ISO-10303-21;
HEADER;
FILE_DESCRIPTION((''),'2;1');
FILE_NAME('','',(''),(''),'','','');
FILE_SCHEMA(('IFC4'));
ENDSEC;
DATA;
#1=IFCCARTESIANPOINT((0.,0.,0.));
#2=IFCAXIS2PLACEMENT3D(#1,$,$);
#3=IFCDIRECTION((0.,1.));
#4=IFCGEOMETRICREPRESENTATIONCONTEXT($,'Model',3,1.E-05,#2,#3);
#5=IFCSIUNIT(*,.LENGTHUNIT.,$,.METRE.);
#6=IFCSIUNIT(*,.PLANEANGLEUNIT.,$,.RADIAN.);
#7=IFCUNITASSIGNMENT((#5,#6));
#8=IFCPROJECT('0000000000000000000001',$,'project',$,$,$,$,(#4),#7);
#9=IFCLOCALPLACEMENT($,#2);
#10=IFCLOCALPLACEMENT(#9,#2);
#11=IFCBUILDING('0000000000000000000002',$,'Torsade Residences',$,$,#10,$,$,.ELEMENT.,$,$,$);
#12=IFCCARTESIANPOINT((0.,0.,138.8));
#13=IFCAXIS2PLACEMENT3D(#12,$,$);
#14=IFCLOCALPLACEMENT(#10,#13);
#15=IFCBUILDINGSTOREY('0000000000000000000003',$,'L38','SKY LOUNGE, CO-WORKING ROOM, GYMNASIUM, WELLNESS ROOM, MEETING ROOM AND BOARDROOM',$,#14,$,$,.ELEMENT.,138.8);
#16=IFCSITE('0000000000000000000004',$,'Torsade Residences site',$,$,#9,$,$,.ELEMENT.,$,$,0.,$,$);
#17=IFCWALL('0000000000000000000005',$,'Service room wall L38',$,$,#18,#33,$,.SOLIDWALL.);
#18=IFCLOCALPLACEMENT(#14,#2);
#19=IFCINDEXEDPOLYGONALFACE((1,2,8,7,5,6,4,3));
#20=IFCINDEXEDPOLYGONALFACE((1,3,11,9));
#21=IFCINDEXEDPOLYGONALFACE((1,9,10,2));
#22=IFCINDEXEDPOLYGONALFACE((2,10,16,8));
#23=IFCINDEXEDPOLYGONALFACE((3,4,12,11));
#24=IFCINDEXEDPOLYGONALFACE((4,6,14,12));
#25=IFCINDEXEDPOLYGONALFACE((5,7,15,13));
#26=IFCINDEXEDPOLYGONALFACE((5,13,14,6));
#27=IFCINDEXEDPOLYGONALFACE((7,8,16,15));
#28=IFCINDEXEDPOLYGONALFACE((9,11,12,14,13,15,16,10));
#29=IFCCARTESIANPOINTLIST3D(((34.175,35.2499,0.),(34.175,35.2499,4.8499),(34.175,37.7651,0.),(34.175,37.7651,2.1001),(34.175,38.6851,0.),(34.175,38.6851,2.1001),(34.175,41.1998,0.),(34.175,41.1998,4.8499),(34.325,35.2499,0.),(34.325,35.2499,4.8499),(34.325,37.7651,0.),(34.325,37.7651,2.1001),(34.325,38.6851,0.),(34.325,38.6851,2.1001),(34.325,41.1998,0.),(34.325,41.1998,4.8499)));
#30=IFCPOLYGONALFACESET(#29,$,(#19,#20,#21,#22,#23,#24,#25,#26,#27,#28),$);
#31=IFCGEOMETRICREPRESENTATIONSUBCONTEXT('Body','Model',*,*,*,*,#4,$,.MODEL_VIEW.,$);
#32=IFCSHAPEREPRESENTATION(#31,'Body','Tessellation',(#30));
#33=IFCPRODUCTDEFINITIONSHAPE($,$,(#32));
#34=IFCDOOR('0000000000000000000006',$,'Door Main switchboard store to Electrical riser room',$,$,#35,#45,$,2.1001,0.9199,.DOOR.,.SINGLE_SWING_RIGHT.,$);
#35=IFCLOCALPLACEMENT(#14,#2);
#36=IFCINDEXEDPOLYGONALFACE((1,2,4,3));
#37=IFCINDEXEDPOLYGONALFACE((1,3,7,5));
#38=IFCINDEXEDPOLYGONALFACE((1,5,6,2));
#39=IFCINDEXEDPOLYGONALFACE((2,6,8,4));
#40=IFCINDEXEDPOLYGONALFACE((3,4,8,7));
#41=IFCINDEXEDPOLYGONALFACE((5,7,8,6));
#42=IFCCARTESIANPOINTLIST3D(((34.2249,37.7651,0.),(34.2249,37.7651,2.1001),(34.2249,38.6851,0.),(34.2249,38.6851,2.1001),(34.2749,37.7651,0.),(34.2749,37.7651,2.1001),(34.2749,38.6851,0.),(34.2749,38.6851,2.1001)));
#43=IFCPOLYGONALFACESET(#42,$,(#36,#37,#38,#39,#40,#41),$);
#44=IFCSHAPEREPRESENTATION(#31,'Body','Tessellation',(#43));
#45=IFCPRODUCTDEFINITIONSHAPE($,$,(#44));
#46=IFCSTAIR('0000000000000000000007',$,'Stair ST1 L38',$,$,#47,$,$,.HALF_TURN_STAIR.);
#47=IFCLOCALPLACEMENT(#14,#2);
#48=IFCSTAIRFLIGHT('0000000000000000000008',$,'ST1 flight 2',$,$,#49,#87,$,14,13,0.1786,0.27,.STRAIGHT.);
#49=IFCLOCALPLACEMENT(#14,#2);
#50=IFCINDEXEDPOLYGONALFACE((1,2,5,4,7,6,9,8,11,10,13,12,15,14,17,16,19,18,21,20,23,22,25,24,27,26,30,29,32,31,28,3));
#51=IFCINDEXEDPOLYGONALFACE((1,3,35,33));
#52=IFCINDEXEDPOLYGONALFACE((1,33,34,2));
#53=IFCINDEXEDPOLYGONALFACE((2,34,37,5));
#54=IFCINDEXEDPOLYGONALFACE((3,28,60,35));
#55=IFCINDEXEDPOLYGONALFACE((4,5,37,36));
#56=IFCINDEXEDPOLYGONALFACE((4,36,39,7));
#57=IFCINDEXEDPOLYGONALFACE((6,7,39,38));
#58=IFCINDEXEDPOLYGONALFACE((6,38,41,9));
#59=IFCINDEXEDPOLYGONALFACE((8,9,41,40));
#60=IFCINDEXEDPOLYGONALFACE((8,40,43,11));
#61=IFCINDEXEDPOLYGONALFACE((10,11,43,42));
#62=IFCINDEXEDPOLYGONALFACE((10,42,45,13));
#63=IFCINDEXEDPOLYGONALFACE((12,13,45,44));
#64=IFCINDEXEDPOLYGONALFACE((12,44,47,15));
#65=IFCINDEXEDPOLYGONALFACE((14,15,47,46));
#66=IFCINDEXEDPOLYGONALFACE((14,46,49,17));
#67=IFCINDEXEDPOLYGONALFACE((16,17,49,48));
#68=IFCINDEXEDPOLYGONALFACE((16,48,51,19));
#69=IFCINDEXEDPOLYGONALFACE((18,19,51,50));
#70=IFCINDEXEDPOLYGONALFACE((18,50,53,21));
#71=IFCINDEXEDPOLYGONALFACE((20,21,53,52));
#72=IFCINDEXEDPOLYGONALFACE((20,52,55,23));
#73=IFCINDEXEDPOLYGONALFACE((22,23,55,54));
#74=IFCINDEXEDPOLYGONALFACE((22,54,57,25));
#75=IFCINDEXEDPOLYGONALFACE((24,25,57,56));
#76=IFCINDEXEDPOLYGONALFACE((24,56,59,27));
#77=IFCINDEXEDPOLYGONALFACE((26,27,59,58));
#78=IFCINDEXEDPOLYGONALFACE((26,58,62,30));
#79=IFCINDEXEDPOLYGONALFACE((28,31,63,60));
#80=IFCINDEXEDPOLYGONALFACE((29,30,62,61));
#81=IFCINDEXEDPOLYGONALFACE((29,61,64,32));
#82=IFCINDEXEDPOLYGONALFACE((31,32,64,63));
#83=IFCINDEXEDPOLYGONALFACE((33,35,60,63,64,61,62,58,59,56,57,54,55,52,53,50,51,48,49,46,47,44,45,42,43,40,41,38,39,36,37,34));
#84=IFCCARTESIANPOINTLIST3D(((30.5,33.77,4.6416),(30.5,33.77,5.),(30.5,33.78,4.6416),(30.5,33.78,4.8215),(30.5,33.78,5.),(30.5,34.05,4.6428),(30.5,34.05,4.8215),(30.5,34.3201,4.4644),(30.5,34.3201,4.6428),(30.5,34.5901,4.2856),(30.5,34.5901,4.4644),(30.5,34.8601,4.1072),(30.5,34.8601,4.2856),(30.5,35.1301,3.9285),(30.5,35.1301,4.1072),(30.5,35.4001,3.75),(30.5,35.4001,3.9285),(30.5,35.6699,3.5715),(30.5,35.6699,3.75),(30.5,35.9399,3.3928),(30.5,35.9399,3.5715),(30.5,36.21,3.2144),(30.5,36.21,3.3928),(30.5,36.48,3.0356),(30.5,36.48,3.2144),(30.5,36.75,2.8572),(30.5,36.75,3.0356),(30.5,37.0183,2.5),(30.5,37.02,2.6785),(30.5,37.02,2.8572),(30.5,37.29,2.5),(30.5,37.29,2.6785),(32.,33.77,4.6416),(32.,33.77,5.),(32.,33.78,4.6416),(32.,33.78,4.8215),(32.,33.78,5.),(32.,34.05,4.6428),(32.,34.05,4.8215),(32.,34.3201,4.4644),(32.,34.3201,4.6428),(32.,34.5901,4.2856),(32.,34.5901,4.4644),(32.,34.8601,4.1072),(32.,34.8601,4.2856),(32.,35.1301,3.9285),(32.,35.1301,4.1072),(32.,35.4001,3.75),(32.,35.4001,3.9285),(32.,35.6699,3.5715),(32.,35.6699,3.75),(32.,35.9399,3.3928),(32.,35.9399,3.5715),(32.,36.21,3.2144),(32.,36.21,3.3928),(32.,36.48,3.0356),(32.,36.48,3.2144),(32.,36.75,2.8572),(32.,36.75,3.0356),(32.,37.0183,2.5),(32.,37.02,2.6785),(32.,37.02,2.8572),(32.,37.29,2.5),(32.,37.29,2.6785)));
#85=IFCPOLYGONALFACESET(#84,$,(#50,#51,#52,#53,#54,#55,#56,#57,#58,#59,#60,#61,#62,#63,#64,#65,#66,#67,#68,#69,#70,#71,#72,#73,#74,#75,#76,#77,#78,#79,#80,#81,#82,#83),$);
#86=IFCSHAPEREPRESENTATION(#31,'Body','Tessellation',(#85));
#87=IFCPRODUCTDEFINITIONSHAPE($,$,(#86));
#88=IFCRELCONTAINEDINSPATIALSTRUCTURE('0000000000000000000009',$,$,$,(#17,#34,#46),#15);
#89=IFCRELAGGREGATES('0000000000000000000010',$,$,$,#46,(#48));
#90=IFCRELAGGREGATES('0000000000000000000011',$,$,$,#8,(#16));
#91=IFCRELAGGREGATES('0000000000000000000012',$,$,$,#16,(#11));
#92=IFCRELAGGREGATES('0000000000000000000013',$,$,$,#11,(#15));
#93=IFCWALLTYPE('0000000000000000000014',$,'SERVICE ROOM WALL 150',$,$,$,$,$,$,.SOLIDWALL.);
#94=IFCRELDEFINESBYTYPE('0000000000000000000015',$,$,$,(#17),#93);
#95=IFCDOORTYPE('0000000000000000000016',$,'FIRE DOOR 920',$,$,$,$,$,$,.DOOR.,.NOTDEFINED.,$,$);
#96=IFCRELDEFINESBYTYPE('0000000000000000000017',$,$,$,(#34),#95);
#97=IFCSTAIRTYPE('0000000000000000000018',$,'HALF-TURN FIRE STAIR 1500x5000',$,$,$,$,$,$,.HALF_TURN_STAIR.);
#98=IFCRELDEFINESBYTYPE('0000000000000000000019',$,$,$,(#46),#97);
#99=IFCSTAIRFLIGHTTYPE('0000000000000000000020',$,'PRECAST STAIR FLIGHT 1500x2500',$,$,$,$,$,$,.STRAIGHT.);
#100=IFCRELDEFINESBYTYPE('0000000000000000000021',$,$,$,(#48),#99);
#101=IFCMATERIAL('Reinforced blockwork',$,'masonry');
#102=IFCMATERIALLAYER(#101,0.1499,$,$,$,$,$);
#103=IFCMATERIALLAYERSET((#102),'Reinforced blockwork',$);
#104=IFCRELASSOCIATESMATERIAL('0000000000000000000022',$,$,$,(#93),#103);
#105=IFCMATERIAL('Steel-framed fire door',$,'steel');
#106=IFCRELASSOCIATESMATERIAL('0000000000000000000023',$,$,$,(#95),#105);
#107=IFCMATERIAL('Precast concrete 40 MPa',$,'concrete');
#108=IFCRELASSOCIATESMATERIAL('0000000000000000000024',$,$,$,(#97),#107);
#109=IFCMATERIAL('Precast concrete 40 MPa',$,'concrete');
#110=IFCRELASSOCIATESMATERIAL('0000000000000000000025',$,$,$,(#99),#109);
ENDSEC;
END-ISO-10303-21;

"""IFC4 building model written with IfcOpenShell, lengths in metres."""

from ifc_helpers import new_model, si_unit, direction, frame, frame_2d, origin, place, context, subcontext, project, spatial, polyline, rectangle, outline, extrude, material, layer, layer_set, type_object, element, fill, aggregate, save


model = new_model("IFC4")

# Units and contexts
model_context = context("Model", 3, precision=1e-05, world=origin(), true_north=direction((0.0, 1.0)))
body_context = subcontext(model_context, "Body", "Model", "MODEL_VIEW")
ifc_project = project(units=[si_unit("LENGTHUNIT", "METRE"), si_unit("PLANEANGLEUNIT", "RADIAN")], contexts=[model_context])

# Site, building, storey
site_placement = place(None, origin())
site = spatial("IfcSite", under=ifc_project, at=site_placement, Name="Torsade Residences site", CompositionType="ELEMENT", RefElevation=0.0)
building_placement = place(site_placement, origin())
building = spatial("IfcBuilding", under=site, at=building_placement, Name="Torsade Residences", CompositionType="ELEMENT")
storey_placement = place(building_placement, frame((0.0, 0.0, 138.8)))
storey = spatial("IfcBuildingStorey", under=building, at=storey_placement, Name="L38", Description="SKY LOUNGE, CO-WORKING ROOM, GYMNASIUM, WELLNESS ROOM, MEETING ROOM AND BOARDROOM", CompositionType="ELEMENT", Elevation=138.8)

# Wall, opening, door
ifc_material_1 = material(Name="Reinforced blockwork", Category="masonry")
ifc_layer_1 = layer(ifc_material_1, 0.1499)
ifc_layer_set_1 = layer_set([ifc_layer_1], Name="Reinforced blockwork")
wall_type_1 = type_object("IfcWallType", Name="SERVICE ROOM WALL 150", PredefinedType="SOLIDWALL", material=ifc_layer_set_1)
wall_1_placement = place(storey_placement, frame((34.25, 41.2, 0.0), z_axis=(0.0, 0.0, 1.0), x_axis=(0.0, -1.0, 0.0)))
wall_1 = element("IfcWall", 1, at=wall_1_placement, inside=storey, type_object=wall_type_1, Name="Service room wall L38", PredefinedType="SOLIDWALL", context=body_context, shape_type="SweptSolid", body=[
    extrude(rectangle(XDim=5.95, YDim=0.1499, at=frame_2d((2.9751, 0.0))), origin(), (0.0, 0.0, 1.0), 4.8499),
])
opening_1_placement = place(wall_1_placement, frame((2.5149, 0.0, 0.0)))
opening_1 = element("IfcOpeningElement", 2, at=opening_1_placement, cuts=wall_1, PredefinedType="OPENING", context=body_context, shape_type="SweptSolid", body=[
    extrude(rectangle(XDim=0.9199, YDim=2.1001, at=frame_2d((0.46, 1.05))), frame((0.0, 0.085, 0.0), z_axis=(0.0, -1.0, 0.0), x_axis=(1.0, 0.0, 0.0)), (0.0, 0.0, 1.0), 0.1699),
])
ifc_material_2 = material(Name="Steel-framed fire door", Category="steel")
door_type_1 = type_object("IfcDoorType", Name="FIRE DOOR 920", OperationType="NOTDEFINED", PredefinedType="DOOR", material=ifc_material_2)
door_1_placement = place(opening_1_placement, origin())
door_1 = element("IfcDoor", 3, at=door_1_placement, inside=storey, type_object=door_type_1, Name="Door Main switchboard store to Electrical riser room", OperationType="SINGLE_SWING_RIGHT", OverallHeight=2.1001, OverallWidth=0.9199, PredefinedType="DOOR", context=body_context, shape_type="SweptSolid", body=[
    extrude(rectangle(XDim=0.9199, YDim=2.1001, at=frame_2d((0.46, 1.05))), frame((0.0, 0.0249, 0.0), z_axis=(0.0, -1.0, 0.0), x_axis=(1.0, 0.0, 0.0)), (0.0, 0.0, 1.0), 0.05),
])
fill(opening_1, door_1)

# Stair, stair flight
ifc_material_3 = material(Name="Precast concrete 40 MPa", Category="concrete")
stair_type = type_object("IfcStairType", Name="HALF-TURN FIRE STAIR 1500x5000", PredefinedType="HALF_TURN_STAIR", material=ifc_material_3)
stair_placement = place(storey_placement, origin())
stair = element("IfcStair", 4, at=stair_placement, inside=storey, type_object=stair_type, Name="Stair ST1 L38", PredefinedType="HALF_TURN_STAIR")
ifc_material_4 = material(Name="Precast concrete 40 MPa", Category="concrete")
stair_flight_type = type_object("IfcStairFlightType", Name="PRECAST STAIR FLIGHT 1500x2500", PredefinedType="STRAIGHT", material=ifc_material_4)
stair_flight_placement = place(storey_placement, frame((31.25, 37.29, 2.5), z_axis=(0.0, 0.0, 1.0), x_axis=(0.0, -1.0, 0.0)))
stair_flight = element("IfcStairFlight", 5, at=stair_flight_placement, type_object=stair_flight_type, Name="ST1 flight 2", NumberOfRisers=14, NumberOfTreads=13, PredefinedType="STRAIGHT", RiserHeight=0.1786, TreadLength=0.27, context=body_context, shape_type="SweptSolid", body=[
    extrude(outline(polyline([(0.0, 0.0), (0.0, 0.1785), (0.27, 0.1785), (0.27, 0.3572), (0.54, 0.3572), (0.54, 0.5356), (0.8101, 0.5356), (0.8101, 0.7144), (1.0801, 0.7144), (1.0801, 0.8928), (1.3501, 0.8928), (1.3501, 1.0715), (1.6201, 1.0715), (1.6201, 1.25), (1.8899, 1.25), (1.8899, 1.4285), (2.1599, 1.4285), (2.1599, 1.6072), (2.4299, 1.6072), (2.4299, 1.7856), (2.7, 1.7856), (2.7, 1.9644), (2.97, 1.9644), (2.97, 2.1428), (3.24, 2.1428), (3.24, 2.3215), (3.51, 2.3215), (3.51, 2.5), (3.52, 2.5), (3.52, 2.1416), (3.51, 2.1416), (0.2717, 0.0), (0.0, 0.0)])), frame((0.0, 0.75, 0.0), z_axis=(0.0, -1.0, 0.0), x_axis=(1.0, 0.0, 0.0)), (0.0, 0.0, 1.0), 1.5),
])
aggregate(stair, [stair_flight])

save(model, "model.ifc")
